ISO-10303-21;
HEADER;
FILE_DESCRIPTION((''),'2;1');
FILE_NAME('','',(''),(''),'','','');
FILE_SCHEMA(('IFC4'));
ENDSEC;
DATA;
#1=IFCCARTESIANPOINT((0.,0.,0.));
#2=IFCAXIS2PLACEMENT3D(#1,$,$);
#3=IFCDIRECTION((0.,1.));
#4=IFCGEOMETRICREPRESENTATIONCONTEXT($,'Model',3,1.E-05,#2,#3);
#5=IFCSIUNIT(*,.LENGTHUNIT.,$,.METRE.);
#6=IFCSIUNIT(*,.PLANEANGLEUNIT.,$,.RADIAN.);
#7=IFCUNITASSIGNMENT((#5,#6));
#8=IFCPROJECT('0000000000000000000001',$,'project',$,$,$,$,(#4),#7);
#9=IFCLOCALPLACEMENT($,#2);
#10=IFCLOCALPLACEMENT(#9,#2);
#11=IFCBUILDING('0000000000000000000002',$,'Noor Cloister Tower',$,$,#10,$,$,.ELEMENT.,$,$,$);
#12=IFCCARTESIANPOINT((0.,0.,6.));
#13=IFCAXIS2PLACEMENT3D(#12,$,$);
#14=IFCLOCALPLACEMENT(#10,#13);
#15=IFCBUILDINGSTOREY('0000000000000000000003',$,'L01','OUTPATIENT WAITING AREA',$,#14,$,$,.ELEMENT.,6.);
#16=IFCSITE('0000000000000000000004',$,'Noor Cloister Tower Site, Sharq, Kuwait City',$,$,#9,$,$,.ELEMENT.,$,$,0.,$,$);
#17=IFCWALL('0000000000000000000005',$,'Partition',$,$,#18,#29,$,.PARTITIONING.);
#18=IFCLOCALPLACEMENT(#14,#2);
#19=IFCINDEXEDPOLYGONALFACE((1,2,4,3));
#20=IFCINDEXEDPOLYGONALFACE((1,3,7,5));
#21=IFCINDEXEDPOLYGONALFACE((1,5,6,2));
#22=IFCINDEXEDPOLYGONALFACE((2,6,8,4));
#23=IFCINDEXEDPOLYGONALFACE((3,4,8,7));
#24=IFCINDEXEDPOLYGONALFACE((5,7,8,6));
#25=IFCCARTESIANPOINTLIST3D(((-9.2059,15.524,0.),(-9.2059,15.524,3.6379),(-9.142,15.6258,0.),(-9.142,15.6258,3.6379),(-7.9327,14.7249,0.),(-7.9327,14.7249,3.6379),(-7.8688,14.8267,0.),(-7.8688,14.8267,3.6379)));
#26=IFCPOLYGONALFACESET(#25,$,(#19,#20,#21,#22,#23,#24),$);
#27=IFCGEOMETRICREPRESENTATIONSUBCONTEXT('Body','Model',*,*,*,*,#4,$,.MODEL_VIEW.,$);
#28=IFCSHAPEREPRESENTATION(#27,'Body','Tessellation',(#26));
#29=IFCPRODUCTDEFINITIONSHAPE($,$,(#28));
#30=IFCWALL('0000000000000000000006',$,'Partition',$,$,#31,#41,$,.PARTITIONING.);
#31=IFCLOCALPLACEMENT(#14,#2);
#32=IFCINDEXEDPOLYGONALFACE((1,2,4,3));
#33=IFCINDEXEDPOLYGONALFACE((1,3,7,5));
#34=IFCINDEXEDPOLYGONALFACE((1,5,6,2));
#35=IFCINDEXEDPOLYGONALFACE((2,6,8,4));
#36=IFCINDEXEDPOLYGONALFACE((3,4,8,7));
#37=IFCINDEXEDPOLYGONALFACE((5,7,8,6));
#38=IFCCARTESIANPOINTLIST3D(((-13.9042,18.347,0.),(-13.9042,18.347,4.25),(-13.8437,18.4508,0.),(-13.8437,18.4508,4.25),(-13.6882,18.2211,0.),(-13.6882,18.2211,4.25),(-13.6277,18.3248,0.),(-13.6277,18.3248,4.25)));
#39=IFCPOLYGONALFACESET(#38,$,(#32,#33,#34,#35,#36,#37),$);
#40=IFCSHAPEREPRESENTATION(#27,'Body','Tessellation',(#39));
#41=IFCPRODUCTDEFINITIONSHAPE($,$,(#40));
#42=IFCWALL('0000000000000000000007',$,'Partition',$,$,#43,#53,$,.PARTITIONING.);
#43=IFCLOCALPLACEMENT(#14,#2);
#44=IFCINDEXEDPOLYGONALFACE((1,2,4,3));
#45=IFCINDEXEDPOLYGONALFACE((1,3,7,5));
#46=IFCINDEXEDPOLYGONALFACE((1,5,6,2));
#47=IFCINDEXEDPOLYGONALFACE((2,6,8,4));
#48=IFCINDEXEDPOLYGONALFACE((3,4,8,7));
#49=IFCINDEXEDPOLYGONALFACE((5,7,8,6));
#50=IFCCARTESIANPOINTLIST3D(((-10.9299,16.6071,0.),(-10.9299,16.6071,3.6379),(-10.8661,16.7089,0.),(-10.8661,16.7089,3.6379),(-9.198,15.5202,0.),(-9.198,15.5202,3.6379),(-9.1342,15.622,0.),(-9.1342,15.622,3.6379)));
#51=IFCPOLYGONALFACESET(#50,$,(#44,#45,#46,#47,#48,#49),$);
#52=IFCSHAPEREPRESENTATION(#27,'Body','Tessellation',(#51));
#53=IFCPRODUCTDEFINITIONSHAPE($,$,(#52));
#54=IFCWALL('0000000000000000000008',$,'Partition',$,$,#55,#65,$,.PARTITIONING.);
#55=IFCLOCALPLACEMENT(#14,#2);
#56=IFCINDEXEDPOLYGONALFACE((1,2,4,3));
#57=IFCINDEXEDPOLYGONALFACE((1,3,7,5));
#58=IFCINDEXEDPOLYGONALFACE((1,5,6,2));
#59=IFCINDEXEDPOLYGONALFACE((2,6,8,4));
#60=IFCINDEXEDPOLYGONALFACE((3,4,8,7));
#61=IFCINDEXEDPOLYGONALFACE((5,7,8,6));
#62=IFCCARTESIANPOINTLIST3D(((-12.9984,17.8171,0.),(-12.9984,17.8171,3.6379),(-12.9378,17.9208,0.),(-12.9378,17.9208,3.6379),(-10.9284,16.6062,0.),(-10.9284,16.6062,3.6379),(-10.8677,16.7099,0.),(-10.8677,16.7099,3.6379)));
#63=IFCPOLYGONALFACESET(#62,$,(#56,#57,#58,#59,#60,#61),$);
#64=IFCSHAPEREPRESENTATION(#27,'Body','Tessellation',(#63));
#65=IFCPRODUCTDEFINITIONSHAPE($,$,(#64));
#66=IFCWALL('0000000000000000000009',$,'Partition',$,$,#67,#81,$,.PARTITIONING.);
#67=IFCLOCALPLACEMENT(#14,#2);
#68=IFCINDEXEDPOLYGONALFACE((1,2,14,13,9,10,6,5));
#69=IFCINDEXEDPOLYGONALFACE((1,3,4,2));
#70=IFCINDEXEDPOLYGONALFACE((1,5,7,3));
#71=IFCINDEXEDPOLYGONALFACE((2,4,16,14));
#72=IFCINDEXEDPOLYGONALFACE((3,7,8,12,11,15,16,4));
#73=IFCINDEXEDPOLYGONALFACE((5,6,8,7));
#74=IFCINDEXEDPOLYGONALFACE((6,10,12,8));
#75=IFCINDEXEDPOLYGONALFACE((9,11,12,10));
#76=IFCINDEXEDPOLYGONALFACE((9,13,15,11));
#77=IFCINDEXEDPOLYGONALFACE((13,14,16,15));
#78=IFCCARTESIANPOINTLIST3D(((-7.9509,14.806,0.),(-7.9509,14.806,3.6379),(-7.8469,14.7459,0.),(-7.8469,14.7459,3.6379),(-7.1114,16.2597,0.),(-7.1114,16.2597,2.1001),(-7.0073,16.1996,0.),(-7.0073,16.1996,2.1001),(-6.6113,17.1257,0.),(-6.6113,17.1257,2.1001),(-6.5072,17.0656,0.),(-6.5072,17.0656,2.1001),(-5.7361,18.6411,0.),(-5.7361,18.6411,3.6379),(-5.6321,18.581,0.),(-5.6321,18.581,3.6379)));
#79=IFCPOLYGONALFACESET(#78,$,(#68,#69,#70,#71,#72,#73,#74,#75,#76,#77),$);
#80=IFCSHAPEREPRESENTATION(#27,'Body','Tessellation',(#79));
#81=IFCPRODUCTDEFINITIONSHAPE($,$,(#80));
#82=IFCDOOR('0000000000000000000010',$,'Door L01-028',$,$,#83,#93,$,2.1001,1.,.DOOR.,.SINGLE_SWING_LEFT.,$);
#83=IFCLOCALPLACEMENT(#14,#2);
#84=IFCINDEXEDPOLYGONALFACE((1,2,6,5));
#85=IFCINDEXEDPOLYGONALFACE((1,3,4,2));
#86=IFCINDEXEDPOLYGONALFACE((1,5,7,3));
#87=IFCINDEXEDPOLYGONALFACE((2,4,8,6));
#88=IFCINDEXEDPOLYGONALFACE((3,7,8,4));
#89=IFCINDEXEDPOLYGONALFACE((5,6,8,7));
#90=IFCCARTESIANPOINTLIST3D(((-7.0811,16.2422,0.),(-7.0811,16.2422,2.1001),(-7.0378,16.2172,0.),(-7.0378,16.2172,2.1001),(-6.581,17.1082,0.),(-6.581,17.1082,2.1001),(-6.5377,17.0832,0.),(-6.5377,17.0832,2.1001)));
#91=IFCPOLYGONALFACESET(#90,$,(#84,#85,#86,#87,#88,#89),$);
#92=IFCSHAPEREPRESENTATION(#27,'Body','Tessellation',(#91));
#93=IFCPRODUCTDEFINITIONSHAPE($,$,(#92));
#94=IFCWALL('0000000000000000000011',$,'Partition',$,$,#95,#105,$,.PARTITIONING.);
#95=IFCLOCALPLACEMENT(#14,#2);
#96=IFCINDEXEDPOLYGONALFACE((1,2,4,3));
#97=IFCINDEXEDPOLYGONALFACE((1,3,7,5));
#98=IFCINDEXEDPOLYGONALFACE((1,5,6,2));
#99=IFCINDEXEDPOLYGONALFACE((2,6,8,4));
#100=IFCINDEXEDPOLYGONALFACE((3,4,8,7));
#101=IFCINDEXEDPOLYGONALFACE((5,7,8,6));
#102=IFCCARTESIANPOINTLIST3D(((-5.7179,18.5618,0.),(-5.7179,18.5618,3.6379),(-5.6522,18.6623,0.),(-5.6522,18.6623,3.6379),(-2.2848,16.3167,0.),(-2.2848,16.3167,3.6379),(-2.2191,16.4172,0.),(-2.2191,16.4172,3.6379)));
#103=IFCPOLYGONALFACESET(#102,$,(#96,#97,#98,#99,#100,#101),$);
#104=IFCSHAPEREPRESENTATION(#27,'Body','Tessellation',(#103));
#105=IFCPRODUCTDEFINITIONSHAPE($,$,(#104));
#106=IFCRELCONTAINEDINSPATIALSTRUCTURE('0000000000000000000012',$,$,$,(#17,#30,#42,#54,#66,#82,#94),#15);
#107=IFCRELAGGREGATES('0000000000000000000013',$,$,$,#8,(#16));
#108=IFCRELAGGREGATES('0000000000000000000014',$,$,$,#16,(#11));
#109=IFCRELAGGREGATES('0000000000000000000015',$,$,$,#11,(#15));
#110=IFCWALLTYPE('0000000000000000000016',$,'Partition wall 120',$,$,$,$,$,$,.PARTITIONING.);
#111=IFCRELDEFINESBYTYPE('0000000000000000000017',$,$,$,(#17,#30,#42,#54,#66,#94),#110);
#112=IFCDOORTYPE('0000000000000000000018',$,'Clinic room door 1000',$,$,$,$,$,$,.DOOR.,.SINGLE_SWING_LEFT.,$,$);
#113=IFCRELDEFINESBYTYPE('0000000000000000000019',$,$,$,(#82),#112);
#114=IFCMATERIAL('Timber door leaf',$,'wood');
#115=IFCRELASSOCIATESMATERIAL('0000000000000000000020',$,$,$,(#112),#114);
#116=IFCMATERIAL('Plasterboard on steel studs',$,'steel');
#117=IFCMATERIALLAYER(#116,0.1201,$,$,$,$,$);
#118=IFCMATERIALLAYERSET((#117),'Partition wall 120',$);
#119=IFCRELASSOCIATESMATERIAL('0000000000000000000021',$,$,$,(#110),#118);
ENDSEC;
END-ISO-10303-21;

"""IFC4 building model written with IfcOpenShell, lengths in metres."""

from ifc_helpers import new_model, si_unit, direction, frame, frame_2d, origin, place, context, subcontext, project, spatial, rectangle, extrude, material, layer, layer_set, type_object, element, fill, save


model = new_model("IFC4")

# Units and contexts
model_context = context("Model", 3, precision=1e-05, world=origin(), true_north=direction((0.0, 1.0)))
body_context = subcontext(model_context, "Body", "Model", "MODEL_VIEW")
ifc_project = project(units=[si_unit("LENGTHUNIT", "METRE"), si_unit("PLANEANGLEUNIT", "RADIAN")], contexts=[model_context])

# Site, building, storey
site_placement = place(None, origin())
site = spatial("IfcSite", under=ifc_project, at=site_placement, Name="Noor Cloister Tower Site, Sharq, Kuwait City", CompositionType="ELEMENT", RefElevation=0.0)
building_placement = place(site_placement, origin())
building = spatial("IfcBuilding", under=site, at=building_placement, Name="Noor Cloister Tower", CompositionType="ELEMENT")
storey_placement = place(building_placement, frame((0.0, 0.0, 6.0)))
storey = spatial("IfcBuildingStorey", under=building, at=storey_placement, Name="L01", Description="OUTPATIENT WAITING AREA", CompositionType="ELEMENT", Elevation=6.0)

# Shared definitions
ifc_material_1 = material(Name="Timber door leaf", Category="wood")
door_type = type_object("IfcDoorType", Name="Clinic room door 1000", OperationType="SINGLE_SWING_LEFT", PredefinedType="DOOR", material=ifc_material_1)

# Shared definitions
ifc_material_2 = material(Name="Plasterboard on steel studs", Category="steel")
ifc_layer_1 = layer(ifc_material_2, 0.1201)
ifc_layer_set_1 = layer_set([ifc_layer_1], Name="Partition wall 120")
wall_type_1 = type_object("IfcWallType", Name="Partition wall 120", PredefinedType="PARTITIONING", material=ifc_layer_set_1)

# Walls
wall_1_placement = place(storey_placement, frame((-7.9009, 14.7759, 0.0), z_axis=(0.0, 0.0, 1.0), x_axis=(-0.847002, 0.531589, 0.0)))
element("IfcWall", 1, at=wall_1_placement, inside=storey, type_object=wall_type_1, Name="Partition", PredefinedType="PARTITIONING", context=body_context, shape_type="SweptSolid", body=[
    extrude(rectangle(XDim=1.5032, YDim=0.1201, at=frame_2d((0.7515, 0.0))), origin(), (0.0, 0.0, 1.0), 3.6379),
])
wall_2_placement = place(storey_placement, frame((-13.658, 18.2729, 0.0), z_axis=(0.0, 0.0, 1.0), x_axis=(-0.863885, 0.503689, 0.0)))
element("IfcWall", 2, at=wall_2_placement, inside=storey, type_object=wall_type_1, Name="Partition", PredefinedType="PARTITIONING", context=body_context, shape_type="SweptSolid", body=[
    extrude(rectangle(XDim=0.25, YDim=0.1201, at=frame_2d((0.125, 0.0))), origin(), (0.0, 0.0, 1.0), 4.25),
])
wall_3_placement = place(storey_placement, frame((-9.166, 15.571, 0.0), z_axis=(0.0, 0.0, 1.0), x_axis=(-0.847018, 0.531565, 0.0)))
element("IfcWall", 3, at=wall_3_placement, inside=storey, type_object=wall_type_1, Name="Partition", PredefinedType="PARTITIONING", context=body_context, shape_type="SweptSolid", body=[
    extrude(rectangle(XDim=2.0447, YDim=0.1201, at=frame_2d((1.0225, 0.0))), origin(), (0.0, 0.0, 1.0), 3.6379),
])
wall_4_placement = place(storey_placement, frame((-10.8979, 16.658, 0.0), z_axis=(0.0, 0.0, 1.0), x_axis=(-0.863162, 0.504928, 0.0)))
element("IfcWall", 4, at=wall_4_placement, inside=storey, type_object=wall_type_1, Name="Partition", PredefinedType="PARTITIONING", context=body_context, shape_type="SweptSolid", body=[
    extrude(rectangle(XDim=2.3982, YDim=0.1201, at=frame_2d((1.1992, 0.0))), origin(), (0.0, 0.0, 1.0), 3.6379),
])

# Wall, opening, door
wall_5_placement = place(storey_placement, frame((-5.6841, 18.6111, 0.0), z_axis=(0.0, 0.0, 1.0), x_axis=(-0.500099, -0.865968, 0.0)))
wall_5 = element("IfcWall", 5, at=wall_5_placement, inside=storey, type_object=wall_type_1, Name="Partition", PredefinedType="PARTITIONING", context=body_context, shape_type="SweptSolid", body=[
    extrude(rectangle(XDim=4.4287, YDim=0.1201, at=frame_2d((2.2144, 0.0))), origin(), (0.0, 0.0, 1.0), 3.6379),
])
opening_1_placement = place(wall_5_placement, frame((1.75, 0.0, 0.0)))
opening_1 = element("IfcOpeningElement", 6, at=opening_1_placement, cuts=wall_5, PredefinedType="OPENING", context=body_context, shape_type="SweptSolid", body=[
    extrude(rectangle(XDim=1.0, YDim=2.1001, at=frame_2d((0.5, 1.05))), frame((0.0, 0.0701, 0.0), z_axis=(0.0, -1.0, 0.0), x_axis=(1.0, 0.0, 0.0)), (0.0, 0.0, 1.0), 0.1401),
])
door_1_placement = place(opening_1_placement, origin())
door_1 = element("IfcDoor", 7, at=door_1_placement, inside=storey, type_object=door_type, Name="Door L01-028", OperationType="SINGLE_SWING_LEFT", OverallHeight=2.1001, OverallWidth=1.0, PredefinedType="DOOR", context=body_context, shape_type="SweptSolid", body=[
    extrude(rectangle(XDim=1.0, YDim=2.1001, at=frame_2d((0.5, 1.05))), frame((0.0, 0.0249, 0.0), z_axis=(0.0, -1.0, 0.0), x_axis=(1.0, 0.0, 0.0)), (0.0, 0.0, 1.0), 0.05),
])
fill(opening_1, door_1)

# Wall
wall_6_placement = place(storey_placement, frame((-2.252, 16.3669, 0.0), z_axis=(0.0, 0.0, 1.0), x_axis=(-0.836926, 0.547317, 0.0)))
element("IfcWall", 8, at=wall_6_placement, inside=storey, type_object=wall_type_1, Name="Partition", PredefinedType="PARTITIONING", context=body_context, shape_type="SweptSolid", body=[
    extrude(rectangle(XDim=4.1021, YDim=0.1201, at=frame_2d((2.051, 0.0))), origin(), (0.0, 0.0, 1.0), 3.6379),
])

save(model, "model.ifc")
